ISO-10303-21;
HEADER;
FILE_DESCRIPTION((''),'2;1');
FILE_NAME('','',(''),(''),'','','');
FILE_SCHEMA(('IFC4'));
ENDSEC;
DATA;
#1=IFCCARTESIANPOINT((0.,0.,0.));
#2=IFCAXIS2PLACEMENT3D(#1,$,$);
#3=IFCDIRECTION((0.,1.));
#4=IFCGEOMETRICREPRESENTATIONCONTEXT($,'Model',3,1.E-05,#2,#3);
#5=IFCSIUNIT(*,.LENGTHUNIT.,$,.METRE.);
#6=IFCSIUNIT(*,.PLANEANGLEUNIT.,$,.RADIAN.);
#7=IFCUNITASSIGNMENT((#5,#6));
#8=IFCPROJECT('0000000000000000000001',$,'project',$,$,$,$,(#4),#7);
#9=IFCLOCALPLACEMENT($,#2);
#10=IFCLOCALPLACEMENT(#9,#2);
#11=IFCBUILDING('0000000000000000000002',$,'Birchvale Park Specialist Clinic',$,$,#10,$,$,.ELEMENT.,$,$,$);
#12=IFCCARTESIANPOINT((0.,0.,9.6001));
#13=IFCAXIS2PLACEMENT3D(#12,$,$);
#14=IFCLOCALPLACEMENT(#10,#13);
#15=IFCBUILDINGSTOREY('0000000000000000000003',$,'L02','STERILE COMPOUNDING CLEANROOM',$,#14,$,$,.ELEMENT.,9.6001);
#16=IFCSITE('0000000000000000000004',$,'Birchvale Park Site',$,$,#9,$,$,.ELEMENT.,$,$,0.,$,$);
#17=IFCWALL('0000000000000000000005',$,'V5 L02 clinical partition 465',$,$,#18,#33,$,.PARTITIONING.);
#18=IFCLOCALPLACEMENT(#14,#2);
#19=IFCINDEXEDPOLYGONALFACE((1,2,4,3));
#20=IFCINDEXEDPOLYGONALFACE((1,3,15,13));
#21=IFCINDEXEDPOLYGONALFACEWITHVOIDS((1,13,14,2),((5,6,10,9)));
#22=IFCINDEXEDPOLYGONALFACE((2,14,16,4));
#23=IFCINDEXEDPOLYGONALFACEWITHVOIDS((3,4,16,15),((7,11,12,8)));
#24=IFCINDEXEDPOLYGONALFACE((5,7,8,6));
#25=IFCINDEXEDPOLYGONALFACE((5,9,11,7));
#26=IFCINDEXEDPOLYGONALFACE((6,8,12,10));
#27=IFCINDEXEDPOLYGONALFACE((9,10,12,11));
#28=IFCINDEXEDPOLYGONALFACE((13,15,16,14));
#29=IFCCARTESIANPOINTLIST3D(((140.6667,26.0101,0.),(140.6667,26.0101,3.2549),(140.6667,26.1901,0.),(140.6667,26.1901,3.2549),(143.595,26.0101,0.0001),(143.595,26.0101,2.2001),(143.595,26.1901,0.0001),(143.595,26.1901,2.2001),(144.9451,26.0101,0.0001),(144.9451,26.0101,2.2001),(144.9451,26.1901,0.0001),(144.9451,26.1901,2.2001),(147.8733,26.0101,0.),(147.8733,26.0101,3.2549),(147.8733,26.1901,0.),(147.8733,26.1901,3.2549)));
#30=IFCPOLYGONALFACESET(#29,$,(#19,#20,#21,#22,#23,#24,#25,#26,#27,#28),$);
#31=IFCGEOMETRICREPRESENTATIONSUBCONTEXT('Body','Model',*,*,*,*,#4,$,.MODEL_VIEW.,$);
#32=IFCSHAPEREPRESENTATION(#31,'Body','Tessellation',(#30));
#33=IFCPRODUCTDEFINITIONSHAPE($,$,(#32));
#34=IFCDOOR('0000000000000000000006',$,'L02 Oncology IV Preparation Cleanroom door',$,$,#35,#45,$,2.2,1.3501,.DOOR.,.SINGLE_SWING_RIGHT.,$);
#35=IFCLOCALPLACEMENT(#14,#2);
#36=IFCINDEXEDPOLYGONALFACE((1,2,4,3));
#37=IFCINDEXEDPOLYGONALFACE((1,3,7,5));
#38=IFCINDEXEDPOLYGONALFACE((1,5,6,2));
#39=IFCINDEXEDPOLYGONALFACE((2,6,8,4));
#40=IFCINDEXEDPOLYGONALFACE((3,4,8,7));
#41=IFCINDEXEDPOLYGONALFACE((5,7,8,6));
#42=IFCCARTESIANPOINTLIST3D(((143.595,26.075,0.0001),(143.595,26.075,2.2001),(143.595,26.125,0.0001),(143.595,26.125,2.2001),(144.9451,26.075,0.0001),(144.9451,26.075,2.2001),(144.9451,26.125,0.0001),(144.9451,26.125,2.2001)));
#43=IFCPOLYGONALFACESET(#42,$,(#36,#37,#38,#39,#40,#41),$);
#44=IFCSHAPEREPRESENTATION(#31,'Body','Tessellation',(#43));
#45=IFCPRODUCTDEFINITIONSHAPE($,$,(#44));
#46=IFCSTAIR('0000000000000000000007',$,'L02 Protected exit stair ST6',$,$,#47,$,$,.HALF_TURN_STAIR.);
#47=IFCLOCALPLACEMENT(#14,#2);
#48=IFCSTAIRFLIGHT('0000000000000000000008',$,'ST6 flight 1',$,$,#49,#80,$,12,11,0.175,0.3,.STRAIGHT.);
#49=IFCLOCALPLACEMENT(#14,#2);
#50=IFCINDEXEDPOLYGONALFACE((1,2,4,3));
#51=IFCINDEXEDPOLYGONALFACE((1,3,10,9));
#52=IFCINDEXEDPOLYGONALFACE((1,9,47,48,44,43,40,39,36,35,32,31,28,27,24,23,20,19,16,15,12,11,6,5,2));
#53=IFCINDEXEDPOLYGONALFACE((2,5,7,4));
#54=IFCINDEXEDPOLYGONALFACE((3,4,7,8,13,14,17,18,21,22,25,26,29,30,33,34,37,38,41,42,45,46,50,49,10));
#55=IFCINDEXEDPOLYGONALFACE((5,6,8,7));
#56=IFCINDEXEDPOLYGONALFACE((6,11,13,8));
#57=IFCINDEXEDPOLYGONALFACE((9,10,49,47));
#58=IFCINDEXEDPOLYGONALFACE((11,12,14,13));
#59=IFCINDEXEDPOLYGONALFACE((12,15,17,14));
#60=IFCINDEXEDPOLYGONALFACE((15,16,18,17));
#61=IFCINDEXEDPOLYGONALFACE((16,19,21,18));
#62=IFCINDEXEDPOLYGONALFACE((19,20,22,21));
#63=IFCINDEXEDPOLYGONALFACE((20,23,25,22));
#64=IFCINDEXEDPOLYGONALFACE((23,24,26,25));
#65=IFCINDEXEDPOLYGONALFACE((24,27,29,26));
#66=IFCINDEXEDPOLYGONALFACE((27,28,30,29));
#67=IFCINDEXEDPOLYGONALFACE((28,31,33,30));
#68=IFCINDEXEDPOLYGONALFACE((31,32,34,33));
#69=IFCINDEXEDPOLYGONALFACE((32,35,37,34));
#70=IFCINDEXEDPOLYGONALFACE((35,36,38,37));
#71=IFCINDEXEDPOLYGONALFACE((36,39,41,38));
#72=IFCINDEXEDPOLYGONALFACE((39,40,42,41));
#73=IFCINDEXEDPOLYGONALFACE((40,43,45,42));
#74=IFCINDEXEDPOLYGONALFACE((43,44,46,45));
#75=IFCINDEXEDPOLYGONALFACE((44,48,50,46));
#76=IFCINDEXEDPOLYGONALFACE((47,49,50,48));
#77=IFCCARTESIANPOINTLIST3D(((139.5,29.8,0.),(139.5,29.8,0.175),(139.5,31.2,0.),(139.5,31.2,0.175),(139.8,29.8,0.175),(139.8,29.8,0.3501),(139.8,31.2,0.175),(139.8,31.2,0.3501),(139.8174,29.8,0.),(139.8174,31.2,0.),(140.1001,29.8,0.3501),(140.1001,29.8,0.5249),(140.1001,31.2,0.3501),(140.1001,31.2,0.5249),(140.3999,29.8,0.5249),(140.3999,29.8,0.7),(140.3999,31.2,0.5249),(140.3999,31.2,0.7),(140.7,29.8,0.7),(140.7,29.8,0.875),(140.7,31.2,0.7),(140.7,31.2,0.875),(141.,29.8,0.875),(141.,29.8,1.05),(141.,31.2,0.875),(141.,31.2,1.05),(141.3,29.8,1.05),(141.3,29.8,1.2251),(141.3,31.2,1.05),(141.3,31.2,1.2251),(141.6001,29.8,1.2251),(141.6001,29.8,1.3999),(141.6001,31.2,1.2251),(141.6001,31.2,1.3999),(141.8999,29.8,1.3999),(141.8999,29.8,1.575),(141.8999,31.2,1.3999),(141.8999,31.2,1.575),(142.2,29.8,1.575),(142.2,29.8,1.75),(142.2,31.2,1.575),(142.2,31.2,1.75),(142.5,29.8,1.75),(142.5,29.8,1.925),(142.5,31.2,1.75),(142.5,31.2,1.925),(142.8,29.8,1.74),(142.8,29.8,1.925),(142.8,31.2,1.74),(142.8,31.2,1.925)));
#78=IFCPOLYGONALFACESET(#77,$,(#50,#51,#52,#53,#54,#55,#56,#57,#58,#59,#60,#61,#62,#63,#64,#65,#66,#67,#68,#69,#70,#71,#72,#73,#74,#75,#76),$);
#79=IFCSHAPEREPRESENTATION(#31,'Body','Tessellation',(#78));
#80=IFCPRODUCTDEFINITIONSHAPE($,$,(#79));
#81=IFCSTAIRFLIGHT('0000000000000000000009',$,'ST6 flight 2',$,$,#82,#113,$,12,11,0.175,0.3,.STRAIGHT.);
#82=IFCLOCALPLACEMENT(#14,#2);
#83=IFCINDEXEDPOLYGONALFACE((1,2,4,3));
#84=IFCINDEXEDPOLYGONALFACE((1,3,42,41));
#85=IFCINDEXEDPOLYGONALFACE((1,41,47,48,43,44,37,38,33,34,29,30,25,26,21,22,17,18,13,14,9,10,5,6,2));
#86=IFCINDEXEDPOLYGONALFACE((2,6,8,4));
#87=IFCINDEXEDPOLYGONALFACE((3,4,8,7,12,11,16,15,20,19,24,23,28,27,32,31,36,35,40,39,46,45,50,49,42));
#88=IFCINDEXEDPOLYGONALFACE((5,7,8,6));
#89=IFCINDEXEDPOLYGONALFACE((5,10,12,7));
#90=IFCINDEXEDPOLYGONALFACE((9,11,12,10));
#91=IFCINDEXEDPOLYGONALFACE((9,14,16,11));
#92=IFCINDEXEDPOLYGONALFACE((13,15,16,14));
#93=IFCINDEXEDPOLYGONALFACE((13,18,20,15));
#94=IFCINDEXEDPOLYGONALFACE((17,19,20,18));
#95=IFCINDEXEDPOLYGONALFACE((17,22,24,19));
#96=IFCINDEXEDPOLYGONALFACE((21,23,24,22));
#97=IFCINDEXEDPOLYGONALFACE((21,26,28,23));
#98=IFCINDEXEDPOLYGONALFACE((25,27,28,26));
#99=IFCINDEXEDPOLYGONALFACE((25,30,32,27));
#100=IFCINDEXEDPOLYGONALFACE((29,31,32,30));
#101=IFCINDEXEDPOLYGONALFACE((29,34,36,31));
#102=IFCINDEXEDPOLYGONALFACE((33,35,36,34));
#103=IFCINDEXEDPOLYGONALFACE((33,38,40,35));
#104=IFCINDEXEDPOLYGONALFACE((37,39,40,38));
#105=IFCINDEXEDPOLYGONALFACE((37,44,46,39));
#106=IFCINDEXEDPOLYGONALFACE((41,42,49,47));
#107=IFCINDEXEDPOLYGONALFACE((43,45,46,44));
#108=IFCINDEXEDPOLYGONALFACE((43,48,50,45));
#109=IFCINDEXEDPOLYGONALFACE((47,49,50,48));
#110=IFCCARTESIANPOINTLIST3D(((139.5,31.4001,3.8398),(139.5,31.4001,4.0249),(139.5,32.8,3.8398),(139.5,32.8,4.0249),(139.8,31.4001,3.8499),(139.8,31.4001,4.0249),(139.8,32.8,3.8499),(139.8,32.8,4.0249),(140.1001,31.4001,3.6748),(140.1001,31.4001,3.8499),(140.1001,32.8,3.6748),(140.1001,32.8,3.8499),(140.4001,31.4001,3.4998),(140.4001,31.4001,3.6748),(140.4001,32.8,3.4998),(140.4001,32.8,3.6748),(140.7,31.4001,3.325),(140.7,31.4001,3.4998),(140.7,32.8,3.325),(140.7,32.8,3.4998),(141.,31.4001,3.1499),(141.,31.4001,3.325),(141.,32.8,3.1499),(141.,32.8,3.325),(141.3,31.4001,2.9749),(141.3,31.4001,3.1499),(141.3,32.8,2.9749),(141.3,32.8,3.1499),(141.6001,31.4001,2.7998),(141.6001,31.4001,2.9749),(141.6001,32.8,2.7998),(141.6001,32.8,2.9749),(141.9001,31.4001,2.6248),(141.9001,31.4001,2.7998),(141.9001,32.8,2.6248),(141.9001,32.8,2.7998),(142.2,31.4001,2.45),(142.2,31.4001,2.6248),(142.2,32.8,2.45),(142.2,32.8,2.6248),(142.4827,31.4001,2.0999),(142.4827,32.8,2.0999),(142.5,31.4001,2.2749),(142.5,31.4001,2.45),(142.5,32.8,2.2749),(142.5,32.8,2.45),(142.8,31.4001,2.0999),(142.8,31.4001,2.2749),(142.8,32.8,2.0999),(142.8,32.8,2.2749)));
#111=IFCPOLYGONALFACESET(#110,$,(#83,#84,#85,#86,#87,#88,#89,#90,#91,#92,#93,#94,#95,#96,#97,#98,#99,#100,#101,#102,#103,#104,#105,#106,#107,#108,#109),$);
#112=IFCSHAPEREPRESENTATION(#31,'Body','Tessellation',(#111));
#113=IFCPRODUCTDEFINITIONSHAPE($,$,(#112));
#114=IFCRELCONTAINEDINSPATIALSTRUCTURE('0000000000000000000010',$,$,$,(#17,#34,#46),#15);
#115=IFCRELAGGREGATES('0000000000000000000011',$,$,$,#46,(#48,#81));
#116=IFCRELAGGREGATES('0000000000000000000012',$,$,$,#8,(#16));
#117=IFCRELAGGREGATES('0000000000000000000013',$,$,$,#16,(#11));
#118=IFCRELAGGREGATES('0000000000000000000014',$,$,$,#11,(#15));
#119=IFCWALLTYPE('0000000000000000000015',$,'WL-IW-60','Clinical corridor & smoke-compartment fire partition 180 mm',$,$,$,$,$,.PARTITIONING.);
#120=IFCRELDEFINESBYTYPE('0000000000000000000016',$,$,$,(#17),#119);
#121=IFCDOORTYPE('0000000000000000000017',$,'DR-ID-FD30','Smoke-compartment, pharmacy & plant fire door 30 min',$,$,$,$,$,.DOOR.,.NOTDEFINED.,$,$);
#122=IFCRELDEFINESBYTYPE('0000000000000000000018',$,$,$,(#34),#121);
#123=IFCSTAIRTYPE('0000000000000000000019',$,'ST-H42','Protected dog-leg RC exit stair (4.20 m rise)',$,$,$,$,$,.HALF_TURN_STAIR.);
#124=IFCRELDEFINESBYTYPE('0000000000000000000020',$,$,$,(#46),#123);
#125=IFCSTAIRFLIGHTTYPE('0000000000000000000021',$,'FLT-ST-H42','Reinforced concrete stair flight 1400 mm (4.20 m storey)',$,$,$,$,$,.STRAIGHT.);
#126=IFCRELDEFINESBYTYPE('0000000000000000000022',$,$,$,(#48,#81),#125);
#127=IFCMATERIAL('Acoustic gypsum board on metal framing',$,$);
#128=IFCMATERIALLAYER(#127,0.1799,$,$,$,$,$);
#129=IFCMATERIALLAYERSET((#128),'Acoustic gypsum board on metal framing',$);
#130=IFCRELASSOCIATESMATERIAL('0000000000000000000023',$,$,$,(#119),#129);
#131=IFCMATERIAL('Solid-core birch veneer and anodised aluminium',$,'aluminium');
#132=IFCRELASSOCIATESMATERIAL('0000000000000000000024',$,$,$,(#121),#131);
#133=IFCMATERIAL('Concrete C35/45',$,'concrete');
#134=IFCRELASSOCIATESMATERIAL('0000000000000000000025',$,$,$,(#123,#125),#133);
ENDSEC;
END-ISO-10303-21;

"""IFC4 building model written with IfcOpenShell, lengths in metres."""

from ifc_helpers import new_model, si_unit, direction, frame, frame_2d, origin, place, context, subcontext, project, spatial, polyline, rectangle, outline, extrude, material, layer, layer_set, type_object, element, fill, aggregate, save


model = new_model("IFC4")

# Units and contexts
model_context = context("Model", 3, precision=1e-05, world=origin(), true_north=direction((0.0, 1.0)))
body_context = subcontext(model_context, "Body", "Model", "MODEL_VIEW")
ifc_project = project(units=[si_unit("LENGTHUNIT", "METRE"), si_unit("PLANEANGLEUNIT", "RADIAN")], contexts=[model_context])

# Site, building, storey
site_placement = place(None, origin())
site = spatial("IfcSite", under=ifc_project, at=site_placement, Name="Birchvale Park Site", CompositionType="ELEMENT", RefElevation=0.0)
building_placement = place(site_placement, origin())
building = spatial("IfcBuilding", under=site, at=building_placement, Name="Birchvale Park Specialist Clinic", CompositionType="ELEMENT")
storey_placement = place(building_placement, frame((0.0, 0.0, 9.6001)))
storey = spatial("IfcBuildingStorey", under=building, at=storey_placement, Name="L02", Description="STERILE COMPOUNDING CLEANROOM", CompositionType="ELEMENT", Elevation=9.6001)

# Shared definitions
ifc_material_1 = material(Name="Solid-core birch veneer and anodised aluminium", Category="aluminium")

# Wall, opening, door
ifc_material_2 = material(Name="Acoustic gypsum board on metal framing")
ifc_layer_1 = layer(ifc_material_2, 0.1799)
ifc_layer_set_1 = layer_set([ifc_layer_1], Name="Acoustic gypsum board on metal framing")
wall_type_1 = type_object("IfcWallType", Name="WL-IW-60", Description="Clinical corridor & smoke-compartment fire partition 180 mm", PredefinedType="PARTITIONING", material=ifc_layer_set_1)
wall_1_placement = place(storey_placement, frame((140.6667, 26.1001, 0.0), z_axis=(0.0, 0.0, 1.0), x_axis=(1.0, 0.0, 0.0)))
wall_1 = element("IfcWall", 1, at=wall_1_placement, inside=storey, type_object=wall_type_1, Name="V5 L02 clinical partition 465", PredefinedType="PARTITIONING", context=body_context, shape_type="SweptSolid", body=[
    extrude(rectangle(XDim=7.2065, YDim=0.1799, at=frame_2d((3.6033, 0.0))), origin(), (0.0, 0.0, 1.0), 3.2549),
])
opening_1_placement = place(wall_1_placement, frame((2.9282, 0.0, 0.0)))
opening_1 = element("IfcOpeningElement", 2, at=opening_1_placement, cuts=wall_1, PredefinedType="OPENING", context=body_context, shape_type="SweptSolid", body=[
    extrude(rectangle(XDim=1.3501, YDim=2.2, at=frame_2d((0.675, 1.1001))), frame((0.0, 0.1001, 0.0), z_axis=(0.0, -1.0, 0.0), x_axis=(1.0, 0.0, 0.0)), (0.0, 0.0, 1.0), 0.2),
])
door_type_1 = type_object("IfcDoorType", Name="DR-ID-FD30", Description="Smoke-compartment, pharmacy & plant fire door 30 min", OperationType="NOTDEFINED", PredefinedType="DOOR", material=ifc_material_1)
door_1_placement = place(opening_1_placement, origin())
door_1 = element("IfcDoor", 3, at=door_1_placement, inside=storey, type_object=door_type_1, Name="L02 Oncology IV Preparation Cleanroom door", OperationType="SINGLE_SWING_RIGHT", OverallHeight=2.2, OverallWidth=1.3501, PredefinedType="DOOR", context=body_context, shape_type="SweptSolid", body=[
    extrude(rectangle(XDim=1.3501, YDim=2.2, at=frame_2d((0.675, 1.1001))), frame((0.0, 0.0249, 0.0), z_axis=(0.0, -1.0, 0.0), x_axis=(1.0, 0.0, 0.0)), (0.0, 0.0, 1.0), 0.05),
])
fill(opening_1, door_1)

# Stair, stair flights
ifc_material_3 = material(Name="Concrete C35/45", Category="concrete")
stair_type = type_object("IfcStairType", Name="ST-H42", Description="Protected dog-leg RC exit stair (4.20 m rise)", PredefinedType="HALF_TURN_STAIR", material=ifc_material_3)
stair_placement = place(storey_placement, origin())
stair = element("IfcStair", 4, at=stair_placement, inside=storey, type_object=stair_type, Name="L02 Protected exit stair ST6", PredefinedType="HALF_TURN_STAIR")
stair_flight_type = type_object("IfcStairFlightType", Name="FLT-ST-H42", Description="Reinforced concrete stair flight 1400 mm (4.20 m storey)", PredefinedType="STRAIGHT", material=ifc_material_3)
stair_flight_1_placement = place(storey_placement, frame((139.5, 30.5, 0.0), z_axis=(0.0, 0.0, 1.0), x_axis=(1.0, 0.0, 0.0)))
stair_flight_1 = element("IfcStairFlight", 5, at=stair_flight_1_placement, type_object=stair_flight_type, Name="ST6 flight 1", NumberOfRisers=12, NumberOfTreads=11, PredefinedType="STRAIGHT", RiserHeight=0.175, TreadLength=0.3, context=body_context, shape_type="SweptSolid", body=[
    extrude(outline(polyline([(0.0, 0.0), (0.0, 0.175), (0.3, 0.175), (0.3, 0.3501), (0.6001, 0.3501), (0.6001, 0.5249), (0.8999, 0.5249), (0.8999, 0.7), (1.2, 0.7), (1.2, 0.875), (1.5, 0.875), (1.5, 1.05), (1.8, 1.05), (1.8, 1.2251), (2.1001, 1.2251), (2.1001, 1.3999), (2.3999, 1.3999), (2.3999, 1.575), (2.7, 1.575), (2.7, 1.75), (3.0, 1.75), (3.0, 1.925), (3.3, 1.925), (3.3, 2.1001), (3.3, 1.74), (0.3174, 0.0), (0.0, 0.0)])), frame((0.0, 0.7, 0.0), z_axis=(0.0, -1.0, 0.0), x_axis=(1.0, 0.0, 0.0)), (0.0, 0.0, 1.0), 1.3999),
])
stair_flight_2_placement = place(storey_placement, frame((142.8, 32.1001, 2.0999), z_axis=(0.0, 0.0, 1.0), x_axis=(-1.0, 0.0, 0.0)))
stair_flight_2 = element("IfcStairFlight", 6, at=stair_flight_2_placement, type_object=stair_flight_type, Name="ST6 flight 2", NumberOfRisers=12, NumberOfTreads=11, PredefinedType="STRAIGHT", RiserHeight=0.175, TreadLength=0.3, context=body_context, shape_type="SweptSolid", body=[
    extrude(outline(polyline([(0.0, 0.0), (0.0, 0.175), (0.3, 0.175), (0.3, 0.3501), (0.6001, 0.3501), (0.6001, 0.5249), (0.8999, 0.5249), (0.8999, 0.7), (1.2, 0.7), (1.2, 0.875), (1.5, 0.875), (1.5, 1.05), (1.8, 1.05), (1.8, 1.2251), (2.1001, 1.2251), (2.1001, 1.3999), (2.3999, 1.3999), (2.3999, 1.575), (2.7, 1.575), (2.7, 1.75), (3.0, 1.75), (3.0, 1.925), (3.3, 1.925), (3.3, 2.1001), (3.3, 1.74), (0.3174, 0.0), (0.0, 0.0)])), frame((0.0, 0.7, 0.0), z_axis=(0.0, -1.0, 0.0), x_axis=(1.0, 0.0, 0.0)), (0.0, 0.0, 1.0), 1.3999),
])
aggregate(stair, [stair_flight_1, stair_flight_2])

save(model, "model.ifc")
